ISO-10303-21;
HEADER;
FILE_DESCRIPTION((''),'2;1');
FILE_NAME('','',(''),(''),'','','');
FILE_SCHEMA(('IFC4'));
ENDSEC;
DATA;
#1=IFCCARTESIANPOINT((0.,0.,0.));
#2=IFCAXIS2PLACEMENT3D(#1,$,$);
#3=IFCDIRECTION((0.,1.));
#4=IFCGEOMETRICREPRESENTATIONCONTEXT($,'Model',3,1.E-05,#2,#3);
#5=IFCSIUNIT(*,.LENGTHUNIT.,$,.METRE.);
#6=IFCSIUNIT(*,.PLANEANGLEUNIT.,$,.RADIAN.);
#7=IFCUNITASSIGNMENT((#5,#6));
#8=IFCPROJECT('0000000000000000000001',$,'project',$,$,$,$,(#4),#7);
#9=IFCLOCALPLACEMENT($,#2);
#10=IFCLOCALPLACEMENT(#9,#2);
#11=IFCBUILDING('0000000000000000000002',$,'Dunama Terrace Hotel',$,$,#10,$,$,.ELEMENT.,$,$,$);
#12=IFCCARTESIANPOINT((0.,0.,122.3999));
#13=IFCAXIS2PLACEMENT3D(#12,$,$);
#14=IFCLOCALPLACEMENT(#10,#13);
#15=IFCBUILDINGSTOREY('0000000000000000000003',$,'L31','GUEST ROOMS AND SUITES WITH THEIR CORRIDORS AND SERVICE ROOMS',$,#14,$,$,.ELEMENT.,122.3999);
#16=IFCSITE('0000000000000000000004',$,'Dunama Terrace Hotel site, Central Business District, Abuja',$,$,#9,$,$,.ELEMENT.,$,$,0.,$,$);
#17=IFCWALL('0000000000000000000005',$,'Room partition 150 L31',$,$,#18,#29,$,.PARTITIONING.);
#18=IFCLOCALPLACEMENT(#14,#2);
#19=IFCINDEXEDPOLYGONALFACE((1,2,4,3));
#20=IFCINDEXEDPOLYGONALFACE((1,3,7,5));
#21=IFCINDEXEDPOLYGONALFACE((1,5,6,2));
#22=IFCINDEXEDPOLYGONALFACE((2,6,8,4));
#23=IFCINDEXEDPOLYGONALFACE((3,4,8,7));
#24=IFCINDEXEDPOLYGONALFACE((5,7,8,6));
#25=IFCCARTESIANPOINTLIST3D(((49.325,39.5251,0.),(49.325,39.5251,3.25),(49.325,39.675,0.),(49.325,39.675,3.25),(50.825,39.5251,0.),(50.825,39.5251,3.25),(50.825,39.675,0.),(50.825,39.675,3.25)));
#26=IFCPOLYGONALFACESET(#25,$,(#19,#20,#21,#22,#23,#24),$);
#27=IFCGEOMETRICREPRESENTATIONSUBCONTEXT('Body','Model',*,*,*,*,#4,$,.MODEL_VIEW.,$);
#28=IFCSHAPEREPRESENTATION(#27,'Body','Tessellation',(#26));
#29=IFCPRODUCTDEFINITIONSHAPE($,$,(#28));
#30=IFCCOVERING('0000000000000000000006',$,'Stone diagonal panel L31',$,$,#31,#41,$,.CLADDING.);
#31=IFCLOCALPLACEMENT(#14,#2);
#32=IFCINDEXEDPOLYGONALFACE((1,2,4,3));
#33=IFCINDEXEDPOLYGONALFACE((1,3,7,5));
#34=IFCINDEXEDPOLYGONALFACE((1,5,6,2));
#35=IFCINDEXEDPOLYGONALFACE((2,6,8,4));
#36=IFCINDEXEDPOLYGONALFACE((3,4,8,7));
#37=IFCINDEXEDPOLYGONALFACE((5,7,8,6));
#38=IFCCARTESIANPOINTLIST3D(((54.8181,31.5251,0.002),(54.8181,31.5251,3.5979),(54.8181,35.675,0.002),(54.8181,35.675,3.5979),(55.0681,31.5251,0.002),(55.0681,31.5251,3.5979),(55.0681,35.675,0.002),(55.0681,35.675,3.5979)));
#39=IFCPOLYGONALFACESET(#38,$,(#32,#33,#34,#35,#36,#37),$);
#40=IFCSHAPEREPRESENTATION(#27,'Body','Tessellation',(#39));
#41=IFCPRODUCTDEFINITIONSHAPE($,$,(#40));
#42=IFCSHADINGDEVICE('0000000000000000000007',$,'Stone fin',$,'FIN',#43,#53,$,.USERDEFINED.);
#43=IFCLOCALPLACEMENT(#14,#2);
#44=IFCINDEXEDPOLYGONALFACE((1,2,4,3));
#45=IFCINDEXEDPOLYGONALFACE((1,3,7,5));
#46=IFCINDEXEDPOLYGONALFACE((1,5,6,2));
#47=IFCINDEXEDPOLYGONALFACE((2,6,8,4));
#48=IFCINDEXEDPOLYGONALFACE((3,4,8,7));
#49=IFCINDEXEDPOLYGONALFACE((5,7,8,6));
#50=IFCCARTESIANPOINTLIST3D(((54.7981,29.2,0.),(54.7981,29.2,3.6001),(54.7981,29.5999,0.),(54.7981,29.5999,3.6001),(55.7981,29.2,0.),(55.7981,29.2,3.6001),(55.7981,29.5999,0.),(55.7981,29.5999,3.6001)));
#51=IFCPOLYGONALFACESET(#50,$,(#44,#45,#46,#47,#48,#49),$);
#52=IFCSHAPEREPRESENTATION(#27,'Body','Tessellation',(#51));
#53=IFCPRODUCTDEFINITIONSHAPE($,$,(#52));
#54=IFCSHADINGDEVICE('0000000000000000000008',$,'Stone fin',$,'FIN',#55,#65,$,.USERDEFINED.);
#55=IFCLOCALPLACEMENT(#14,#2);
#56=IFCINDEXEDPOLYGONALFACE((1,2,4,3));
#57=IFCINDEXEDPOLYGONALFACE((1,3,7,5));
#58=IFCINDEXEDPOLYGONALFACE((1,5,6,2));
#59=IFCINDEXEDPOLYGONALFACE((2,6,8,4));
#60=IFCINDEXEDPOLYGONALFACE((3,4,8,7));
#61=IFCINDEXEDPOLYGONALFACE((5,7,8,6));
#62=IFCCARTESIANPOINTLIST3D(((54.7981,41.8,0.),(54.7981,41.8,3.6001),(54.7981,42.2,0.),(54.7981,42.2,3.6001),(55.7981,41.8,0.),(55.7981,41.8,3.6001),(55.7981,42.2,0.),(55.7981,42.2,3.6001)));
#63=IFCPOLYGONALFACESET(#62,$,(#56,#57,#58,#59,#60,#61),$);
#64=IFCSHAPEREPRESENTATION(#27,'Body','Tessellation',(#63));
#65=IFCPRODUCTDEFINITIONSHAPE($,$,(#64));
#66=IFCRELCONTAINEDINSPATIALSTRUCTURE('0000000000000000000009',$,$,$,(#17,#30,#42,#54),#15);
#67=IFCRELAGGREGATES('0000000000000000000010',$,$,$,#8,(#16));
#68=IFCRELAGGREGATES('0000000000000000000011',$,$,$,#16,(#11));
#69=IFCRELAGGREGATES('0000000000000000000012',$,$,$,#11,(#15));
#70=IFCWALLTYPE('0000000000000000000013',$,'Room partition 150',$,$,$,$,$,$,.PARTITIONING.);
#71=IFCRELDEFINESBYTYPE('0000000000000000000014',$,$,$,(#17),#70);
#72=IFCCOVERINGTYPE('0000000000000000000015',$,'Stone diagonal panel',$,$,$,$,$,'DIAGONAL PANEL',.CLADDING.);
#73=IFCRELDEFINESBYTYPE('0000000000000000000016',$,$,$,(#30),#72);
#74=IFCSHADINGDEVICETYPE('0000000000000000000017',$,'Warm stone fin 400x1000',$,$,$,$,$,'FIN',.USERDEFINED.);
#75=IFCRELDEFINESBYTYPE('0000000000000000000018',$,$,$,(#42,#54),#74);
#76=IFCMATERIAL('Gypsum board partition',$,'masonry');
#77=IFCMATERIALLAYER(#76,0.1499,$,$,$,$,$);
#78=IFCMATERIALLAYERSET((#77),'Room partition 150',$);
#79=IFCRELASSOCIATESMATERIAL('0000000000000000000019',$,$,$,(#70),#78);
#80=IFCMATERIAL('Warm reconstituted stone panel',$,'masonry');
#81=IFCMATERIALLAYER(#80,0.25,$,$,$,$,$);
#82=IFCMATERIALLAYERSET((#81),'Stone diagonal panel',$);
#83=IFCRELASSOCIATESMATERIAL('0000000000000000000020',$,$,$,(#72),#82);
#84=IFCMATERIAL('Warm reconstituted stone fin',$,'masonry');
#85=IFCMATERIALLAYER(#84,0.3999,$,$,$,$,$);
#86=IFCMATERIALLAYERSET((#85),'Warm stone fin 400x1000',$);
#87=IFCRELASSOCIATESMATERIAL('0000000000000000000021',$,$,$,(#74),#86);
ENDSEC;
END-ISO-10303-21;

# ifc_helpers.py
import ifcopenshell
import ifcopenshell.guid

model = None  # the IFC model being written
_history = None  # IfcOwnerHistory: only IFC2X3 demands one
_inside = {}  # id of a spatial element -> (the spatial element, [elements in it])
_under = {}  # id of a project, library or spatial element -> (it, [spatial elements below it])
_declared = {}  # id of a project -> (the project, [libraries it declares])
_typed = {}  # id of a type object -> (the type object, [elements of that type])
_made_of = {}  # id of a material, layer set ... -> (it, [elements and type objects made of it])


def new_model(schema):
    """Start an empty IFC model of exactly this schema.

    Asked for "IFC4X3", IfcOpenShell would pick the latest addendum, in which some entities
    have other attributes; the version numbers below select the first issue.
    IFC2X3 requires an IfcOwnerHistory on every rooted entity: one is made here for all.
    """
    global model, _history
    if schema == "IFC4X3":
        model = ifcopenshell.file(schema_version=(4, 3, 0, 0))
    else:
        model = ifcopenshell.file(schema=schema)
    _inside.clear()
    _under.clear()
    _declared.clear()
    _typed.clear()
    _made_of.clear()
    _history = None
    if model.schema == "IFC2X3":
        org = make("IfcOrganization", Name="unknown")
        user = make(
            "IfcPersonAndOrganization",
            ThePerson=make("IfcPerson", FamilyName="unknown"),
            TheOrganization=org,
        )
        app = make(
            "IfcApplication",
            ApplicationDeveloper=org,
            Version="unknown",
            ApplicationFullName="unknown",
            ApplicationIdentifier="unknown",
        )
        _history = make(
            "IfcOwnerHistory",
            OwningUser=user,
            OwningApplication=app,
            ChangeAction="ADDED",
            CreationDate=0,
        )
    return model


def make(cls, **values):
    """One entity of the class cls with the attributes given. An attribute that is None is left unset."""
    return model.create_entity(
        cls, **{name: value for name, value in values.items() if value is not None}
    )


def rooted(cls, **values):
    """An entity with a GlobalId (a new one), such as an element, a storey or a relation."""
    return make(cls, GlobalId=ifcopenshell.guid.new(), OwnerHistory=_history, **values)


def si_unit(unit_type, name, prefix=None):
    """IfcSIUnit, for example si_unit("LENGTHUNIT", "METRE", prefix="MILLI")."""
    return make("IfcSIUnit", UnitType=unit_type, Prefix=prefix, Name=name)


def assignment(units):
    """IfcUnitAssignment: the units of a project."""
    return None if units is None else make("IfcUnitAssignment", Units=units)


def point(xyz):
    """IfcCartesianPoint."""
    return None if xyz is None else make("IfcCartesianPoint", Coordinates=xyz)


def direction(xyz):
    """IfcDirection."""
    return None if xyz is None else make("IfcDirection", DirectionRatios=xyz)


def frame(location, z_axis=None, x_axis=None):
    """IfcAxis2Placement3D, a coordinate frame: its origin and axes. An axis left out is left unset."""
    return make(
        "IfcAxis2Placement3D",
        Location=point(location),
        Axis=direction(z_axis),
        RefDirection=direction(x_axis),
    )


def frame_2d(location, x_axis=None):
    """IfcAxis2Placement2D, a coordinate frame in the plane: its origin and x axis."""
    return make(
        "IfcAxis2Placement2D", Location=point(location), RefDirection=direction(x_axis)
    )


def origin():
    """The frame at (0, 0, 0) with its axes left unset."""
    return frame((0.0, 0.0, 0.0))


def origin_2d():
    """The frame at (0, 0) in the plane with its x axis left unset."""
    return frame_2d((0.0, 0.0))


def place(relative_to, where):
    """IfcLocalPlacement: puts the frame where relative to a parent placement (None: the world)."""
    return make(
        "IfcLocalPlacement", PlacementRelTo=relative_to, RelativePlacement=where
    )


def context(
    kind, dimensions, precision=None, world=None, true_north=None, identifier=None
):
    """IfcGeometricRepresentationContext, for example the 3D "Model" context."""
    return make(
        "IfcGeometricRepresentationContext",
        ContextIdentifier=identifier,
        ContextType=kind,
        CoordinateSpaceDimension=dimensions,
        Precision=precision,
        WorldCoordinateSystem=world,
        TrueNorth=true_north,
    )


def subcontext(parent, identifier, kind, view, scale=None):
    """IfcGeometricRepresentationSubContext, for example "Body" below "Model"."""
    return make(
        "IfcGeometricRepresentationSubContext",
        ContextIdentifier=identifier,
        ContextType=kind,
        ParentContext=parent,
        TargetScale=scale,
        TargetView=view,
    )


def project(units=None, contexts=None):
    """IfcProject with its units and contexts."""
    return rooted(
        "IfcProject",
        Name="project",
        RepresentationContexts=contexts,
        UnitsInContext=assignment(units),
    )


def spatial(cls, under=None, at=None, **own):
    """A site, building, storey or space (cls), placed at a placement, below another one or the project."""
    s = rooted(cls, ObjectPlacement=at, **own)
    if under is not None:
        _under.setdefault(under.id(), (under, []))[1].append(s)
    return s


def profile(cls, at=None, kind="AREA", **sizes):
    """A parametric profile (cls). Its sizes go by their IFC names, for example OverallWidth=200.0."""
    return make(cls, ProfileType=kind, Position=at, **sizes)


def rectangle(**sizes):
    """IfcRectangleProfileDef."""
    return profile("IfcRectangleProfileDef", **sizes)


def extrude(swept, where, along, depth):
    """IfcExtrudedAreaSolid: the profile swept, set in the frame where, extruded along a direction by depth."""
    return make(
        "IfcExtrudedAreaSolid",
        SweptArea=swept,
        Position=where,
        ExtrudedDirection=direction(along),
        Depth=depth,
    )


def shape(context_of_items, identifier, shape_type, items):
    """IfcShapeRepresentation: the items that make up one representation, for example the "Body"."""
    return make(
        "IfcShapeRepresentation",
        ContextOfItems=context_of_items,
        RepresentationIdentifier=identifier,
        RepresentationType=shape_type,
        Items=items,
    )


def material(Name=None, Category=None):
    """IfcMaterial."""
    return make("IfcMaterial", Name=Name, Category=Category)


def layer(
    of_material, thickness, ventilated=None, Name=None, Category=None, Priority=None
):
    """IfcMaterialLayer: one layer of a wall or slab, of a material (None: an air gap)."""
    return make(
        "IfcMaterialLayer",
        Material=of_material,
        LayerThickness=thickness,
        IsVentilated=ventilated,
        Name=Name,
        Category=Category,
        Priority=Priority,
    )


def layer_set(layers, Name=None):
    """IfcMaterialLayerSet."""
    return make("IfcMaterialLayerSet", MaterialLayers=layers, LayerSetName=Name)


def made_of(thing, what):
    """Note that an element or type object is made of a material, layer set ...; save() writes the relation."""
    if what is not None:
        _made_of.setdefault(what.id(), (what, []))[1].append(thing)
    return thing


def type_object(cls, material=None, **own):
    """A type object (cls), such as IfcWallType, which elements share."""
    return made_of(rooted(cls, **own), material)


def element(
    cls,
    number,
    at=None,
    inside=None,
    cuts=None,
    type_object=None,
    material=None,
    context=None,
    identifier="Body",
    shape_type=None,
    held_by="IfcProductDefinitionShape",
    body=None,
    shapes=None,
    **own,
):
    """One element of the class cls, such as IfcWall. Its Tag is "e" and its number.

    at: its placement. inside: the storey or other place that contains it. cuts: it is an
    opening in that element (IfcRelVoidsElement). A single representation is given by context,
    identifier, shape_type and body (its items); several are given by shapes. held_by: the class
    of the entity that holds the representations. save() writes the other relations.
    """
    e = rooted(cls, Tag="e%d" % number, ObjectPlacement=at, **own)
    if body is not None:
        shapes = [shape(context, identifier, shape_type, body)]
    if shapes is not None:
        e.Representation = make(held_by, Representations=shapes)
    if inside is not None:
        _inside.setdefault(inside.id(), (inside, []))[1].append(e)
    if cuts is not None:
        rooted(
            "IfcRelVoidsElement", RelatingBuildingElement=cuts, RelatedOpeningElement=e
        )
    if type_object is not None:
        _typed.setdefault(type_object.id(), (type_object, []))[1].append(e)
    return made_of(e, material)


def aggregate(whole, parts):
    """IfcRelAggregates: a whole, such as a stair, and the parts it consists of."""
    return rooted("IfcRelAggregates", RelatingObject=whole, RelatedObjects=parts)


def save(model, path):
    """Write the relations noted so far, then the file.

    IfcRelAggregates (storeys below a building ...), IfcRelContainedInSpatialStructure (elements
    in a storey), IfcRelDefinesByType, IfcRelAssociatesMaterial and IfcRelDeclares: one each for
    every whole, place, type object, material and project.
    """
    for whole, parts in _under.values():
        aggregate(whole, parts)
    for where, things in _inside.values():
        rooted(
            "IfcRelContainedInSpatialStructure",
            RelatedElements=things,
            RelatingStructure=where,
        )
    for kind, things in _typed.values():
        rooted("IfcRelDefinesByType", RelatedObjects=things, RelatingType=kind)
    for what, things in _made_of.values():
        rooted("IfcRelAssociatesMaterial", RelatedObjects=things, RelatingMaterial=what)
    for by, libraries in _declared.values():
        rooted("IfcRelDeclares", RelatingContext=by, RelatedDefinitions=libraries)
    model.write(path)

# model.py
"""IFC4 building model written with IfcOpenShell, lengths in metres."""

from ifc_helpers import new_model, si_unit, direction, frame, frame_2d, origin, origin_2d, place, context, subcontext, project, spatial, rectangle, extrude, material, layer, layer_set, type_object, element, save


model = new_model("IFC4")

# Units and contexts
model_context = context("Model", 3, precision=1e-05, world=origin(), true_north=direction((0.0, 1.0)))
body_context = subcontext(model_context, "Body", "Model", "MODEL_VIEW")
ifc_project = project(units=[si_unit("LENGTHUNIT", "METRE"), si_unit("PLANEANGLEUNIT", "RADIAN")], contexts=[model_context])

# Site, building, storey
site_placement = place(None, origin())
site = spatial("IfcSite", under=ifc_project, at=site_placement, Name="Dunama Terrace Hotel site, Central Business District, Abuja", CompositionType="ELEMENT", RefElevation=0.0)
building_placement = place(site_placement, origin())
building = spatial("IfcBuilding", under=site, at=building_placement, Name="Dunama Terrace Hotel", CompositionType="ELEMENT")
storey_placement = place(building_placement, frame((0.0, 0.0, 122.3999)))
storey = spatial("IfcBuildingStorey", under=building, at=storey_placement, Name="L31", Description="GUEST ROOMS AND SUITES WITH THEIR CORRIDORS AND SERVICE ROOMS", CompositionType="ELEMENT", Elevation=122.3999)

# Shared definitions
ifc_material_1 = material(Name="Gypsum board partition", Category="masonry")
ifc_layer_1 = layer(ifc_material_1, 0.1499)
ifc_layer_set_1 = layer_set([ifc_layer_1], Name="Room partition 150")
wall_type_1 = type_object("IfcWallType", Name="Room partition 150", PredefinedType="PARTITIONING", material=ifc_layer_set_1)

# Wall
wall_1_placement = place(storey_placement, frame((49.325, 39.6001, 0.0), z_axis=(0.0, 0.0, 1.0), x_axis=(1.0, 0.0, 0.0)))
element("IfcWall", 1, at=wall_1_placement, inside=storey, type_object=wall_type_1, Name="Room partition 150 L31", PredefinedType="PARTITIONING", context=body_context, shape_type="SweptSolid", body=[
    extrude(rectangle(XDim=1.5, YDim=0.1499, at=frame_2d((0.75, 0.0))), origin(), (0.0, 0.0, 1.0), 3.25),
])

# Covering
ifc_material_2 = material(Name="Warm reconstituted stone panel", Category="masonry")
ifc_layer_2 = layer(ifc_material_2, 0.25)
ifc_layer_set_2 = layer_set([ifc_layer_2], Name="Stone diagonal panel")
covering_type = type_object("IfcCoveringType", Name="Stone diagonal panel", ElementType="DIAGONAL PANEL", PredefinedType="CLADDING", material=ifc_layer_set_2)
covering_placement = place(storey_placement, frame((54.9431, 33.6001, 0.002), z_axis=(0.0, 0.0, 1.0), x_axis=(0.0, 1.0, 0.0)))
element("IfcCovering", 2, at=covering_placement, inside=storey, type_object=covering_type, Name="Stone diagonal panel L31", PredefinedType="CLADDING", context=body_context, shape_type="SweptSolid", body=[
    extrude(rectangle(XDim=4.1499, YDim=0.25, at=origin_2d()), origin(), (0.0, 0.0, 1.0), 3.5959),
])

# Shading devices
ifc_material_3 = material(Name="Warm reconstituted stone fin", Category="masonry")
ifc_layer_3 = layer(ifc_material_3, 0.3999)
ifc_layer_set_3 = layer_set([ifc_layer_3], Name="Warm stone fin 400x1000")
shading_device_type = type_object("IfcShadingDeviceType", Name="Warm stone fin 400x1000", ElementType="FIN", PredefinedType="USERDEFINED", material=ifc_layer_set_3)
for number, where, z_axis, x_axis, name in (
    (3, (55.2981, 29.3999, 0.0), (0.0, 0.0, 1.0), (0.0, 1.0, 0.0), "Stone fin"),
    (4, (55.2981, 42.0, 0.0), (0.0, 0.0, 1.0), (0.0, 1.0, 0.0), "Stone fin"),
):
    element("IfcShadingDevice", number, at=place(storey_placement, frame(where, z_axis=z_axis, x_axis=x_axis)), inside=storey, type_object=shading_device_type, Name=name, ObjectType="FIN", PredefinedType="USERDEFINED", context=body_context, shape_type="SweptSolid", body=[
        extrude(rectangle(XDim=0.3999, YDim=1.0, at=origin_2d()), origin(), (0.0, 0.0, 1.0), 3.6001),
    ])

save(model, "model.ifc")
